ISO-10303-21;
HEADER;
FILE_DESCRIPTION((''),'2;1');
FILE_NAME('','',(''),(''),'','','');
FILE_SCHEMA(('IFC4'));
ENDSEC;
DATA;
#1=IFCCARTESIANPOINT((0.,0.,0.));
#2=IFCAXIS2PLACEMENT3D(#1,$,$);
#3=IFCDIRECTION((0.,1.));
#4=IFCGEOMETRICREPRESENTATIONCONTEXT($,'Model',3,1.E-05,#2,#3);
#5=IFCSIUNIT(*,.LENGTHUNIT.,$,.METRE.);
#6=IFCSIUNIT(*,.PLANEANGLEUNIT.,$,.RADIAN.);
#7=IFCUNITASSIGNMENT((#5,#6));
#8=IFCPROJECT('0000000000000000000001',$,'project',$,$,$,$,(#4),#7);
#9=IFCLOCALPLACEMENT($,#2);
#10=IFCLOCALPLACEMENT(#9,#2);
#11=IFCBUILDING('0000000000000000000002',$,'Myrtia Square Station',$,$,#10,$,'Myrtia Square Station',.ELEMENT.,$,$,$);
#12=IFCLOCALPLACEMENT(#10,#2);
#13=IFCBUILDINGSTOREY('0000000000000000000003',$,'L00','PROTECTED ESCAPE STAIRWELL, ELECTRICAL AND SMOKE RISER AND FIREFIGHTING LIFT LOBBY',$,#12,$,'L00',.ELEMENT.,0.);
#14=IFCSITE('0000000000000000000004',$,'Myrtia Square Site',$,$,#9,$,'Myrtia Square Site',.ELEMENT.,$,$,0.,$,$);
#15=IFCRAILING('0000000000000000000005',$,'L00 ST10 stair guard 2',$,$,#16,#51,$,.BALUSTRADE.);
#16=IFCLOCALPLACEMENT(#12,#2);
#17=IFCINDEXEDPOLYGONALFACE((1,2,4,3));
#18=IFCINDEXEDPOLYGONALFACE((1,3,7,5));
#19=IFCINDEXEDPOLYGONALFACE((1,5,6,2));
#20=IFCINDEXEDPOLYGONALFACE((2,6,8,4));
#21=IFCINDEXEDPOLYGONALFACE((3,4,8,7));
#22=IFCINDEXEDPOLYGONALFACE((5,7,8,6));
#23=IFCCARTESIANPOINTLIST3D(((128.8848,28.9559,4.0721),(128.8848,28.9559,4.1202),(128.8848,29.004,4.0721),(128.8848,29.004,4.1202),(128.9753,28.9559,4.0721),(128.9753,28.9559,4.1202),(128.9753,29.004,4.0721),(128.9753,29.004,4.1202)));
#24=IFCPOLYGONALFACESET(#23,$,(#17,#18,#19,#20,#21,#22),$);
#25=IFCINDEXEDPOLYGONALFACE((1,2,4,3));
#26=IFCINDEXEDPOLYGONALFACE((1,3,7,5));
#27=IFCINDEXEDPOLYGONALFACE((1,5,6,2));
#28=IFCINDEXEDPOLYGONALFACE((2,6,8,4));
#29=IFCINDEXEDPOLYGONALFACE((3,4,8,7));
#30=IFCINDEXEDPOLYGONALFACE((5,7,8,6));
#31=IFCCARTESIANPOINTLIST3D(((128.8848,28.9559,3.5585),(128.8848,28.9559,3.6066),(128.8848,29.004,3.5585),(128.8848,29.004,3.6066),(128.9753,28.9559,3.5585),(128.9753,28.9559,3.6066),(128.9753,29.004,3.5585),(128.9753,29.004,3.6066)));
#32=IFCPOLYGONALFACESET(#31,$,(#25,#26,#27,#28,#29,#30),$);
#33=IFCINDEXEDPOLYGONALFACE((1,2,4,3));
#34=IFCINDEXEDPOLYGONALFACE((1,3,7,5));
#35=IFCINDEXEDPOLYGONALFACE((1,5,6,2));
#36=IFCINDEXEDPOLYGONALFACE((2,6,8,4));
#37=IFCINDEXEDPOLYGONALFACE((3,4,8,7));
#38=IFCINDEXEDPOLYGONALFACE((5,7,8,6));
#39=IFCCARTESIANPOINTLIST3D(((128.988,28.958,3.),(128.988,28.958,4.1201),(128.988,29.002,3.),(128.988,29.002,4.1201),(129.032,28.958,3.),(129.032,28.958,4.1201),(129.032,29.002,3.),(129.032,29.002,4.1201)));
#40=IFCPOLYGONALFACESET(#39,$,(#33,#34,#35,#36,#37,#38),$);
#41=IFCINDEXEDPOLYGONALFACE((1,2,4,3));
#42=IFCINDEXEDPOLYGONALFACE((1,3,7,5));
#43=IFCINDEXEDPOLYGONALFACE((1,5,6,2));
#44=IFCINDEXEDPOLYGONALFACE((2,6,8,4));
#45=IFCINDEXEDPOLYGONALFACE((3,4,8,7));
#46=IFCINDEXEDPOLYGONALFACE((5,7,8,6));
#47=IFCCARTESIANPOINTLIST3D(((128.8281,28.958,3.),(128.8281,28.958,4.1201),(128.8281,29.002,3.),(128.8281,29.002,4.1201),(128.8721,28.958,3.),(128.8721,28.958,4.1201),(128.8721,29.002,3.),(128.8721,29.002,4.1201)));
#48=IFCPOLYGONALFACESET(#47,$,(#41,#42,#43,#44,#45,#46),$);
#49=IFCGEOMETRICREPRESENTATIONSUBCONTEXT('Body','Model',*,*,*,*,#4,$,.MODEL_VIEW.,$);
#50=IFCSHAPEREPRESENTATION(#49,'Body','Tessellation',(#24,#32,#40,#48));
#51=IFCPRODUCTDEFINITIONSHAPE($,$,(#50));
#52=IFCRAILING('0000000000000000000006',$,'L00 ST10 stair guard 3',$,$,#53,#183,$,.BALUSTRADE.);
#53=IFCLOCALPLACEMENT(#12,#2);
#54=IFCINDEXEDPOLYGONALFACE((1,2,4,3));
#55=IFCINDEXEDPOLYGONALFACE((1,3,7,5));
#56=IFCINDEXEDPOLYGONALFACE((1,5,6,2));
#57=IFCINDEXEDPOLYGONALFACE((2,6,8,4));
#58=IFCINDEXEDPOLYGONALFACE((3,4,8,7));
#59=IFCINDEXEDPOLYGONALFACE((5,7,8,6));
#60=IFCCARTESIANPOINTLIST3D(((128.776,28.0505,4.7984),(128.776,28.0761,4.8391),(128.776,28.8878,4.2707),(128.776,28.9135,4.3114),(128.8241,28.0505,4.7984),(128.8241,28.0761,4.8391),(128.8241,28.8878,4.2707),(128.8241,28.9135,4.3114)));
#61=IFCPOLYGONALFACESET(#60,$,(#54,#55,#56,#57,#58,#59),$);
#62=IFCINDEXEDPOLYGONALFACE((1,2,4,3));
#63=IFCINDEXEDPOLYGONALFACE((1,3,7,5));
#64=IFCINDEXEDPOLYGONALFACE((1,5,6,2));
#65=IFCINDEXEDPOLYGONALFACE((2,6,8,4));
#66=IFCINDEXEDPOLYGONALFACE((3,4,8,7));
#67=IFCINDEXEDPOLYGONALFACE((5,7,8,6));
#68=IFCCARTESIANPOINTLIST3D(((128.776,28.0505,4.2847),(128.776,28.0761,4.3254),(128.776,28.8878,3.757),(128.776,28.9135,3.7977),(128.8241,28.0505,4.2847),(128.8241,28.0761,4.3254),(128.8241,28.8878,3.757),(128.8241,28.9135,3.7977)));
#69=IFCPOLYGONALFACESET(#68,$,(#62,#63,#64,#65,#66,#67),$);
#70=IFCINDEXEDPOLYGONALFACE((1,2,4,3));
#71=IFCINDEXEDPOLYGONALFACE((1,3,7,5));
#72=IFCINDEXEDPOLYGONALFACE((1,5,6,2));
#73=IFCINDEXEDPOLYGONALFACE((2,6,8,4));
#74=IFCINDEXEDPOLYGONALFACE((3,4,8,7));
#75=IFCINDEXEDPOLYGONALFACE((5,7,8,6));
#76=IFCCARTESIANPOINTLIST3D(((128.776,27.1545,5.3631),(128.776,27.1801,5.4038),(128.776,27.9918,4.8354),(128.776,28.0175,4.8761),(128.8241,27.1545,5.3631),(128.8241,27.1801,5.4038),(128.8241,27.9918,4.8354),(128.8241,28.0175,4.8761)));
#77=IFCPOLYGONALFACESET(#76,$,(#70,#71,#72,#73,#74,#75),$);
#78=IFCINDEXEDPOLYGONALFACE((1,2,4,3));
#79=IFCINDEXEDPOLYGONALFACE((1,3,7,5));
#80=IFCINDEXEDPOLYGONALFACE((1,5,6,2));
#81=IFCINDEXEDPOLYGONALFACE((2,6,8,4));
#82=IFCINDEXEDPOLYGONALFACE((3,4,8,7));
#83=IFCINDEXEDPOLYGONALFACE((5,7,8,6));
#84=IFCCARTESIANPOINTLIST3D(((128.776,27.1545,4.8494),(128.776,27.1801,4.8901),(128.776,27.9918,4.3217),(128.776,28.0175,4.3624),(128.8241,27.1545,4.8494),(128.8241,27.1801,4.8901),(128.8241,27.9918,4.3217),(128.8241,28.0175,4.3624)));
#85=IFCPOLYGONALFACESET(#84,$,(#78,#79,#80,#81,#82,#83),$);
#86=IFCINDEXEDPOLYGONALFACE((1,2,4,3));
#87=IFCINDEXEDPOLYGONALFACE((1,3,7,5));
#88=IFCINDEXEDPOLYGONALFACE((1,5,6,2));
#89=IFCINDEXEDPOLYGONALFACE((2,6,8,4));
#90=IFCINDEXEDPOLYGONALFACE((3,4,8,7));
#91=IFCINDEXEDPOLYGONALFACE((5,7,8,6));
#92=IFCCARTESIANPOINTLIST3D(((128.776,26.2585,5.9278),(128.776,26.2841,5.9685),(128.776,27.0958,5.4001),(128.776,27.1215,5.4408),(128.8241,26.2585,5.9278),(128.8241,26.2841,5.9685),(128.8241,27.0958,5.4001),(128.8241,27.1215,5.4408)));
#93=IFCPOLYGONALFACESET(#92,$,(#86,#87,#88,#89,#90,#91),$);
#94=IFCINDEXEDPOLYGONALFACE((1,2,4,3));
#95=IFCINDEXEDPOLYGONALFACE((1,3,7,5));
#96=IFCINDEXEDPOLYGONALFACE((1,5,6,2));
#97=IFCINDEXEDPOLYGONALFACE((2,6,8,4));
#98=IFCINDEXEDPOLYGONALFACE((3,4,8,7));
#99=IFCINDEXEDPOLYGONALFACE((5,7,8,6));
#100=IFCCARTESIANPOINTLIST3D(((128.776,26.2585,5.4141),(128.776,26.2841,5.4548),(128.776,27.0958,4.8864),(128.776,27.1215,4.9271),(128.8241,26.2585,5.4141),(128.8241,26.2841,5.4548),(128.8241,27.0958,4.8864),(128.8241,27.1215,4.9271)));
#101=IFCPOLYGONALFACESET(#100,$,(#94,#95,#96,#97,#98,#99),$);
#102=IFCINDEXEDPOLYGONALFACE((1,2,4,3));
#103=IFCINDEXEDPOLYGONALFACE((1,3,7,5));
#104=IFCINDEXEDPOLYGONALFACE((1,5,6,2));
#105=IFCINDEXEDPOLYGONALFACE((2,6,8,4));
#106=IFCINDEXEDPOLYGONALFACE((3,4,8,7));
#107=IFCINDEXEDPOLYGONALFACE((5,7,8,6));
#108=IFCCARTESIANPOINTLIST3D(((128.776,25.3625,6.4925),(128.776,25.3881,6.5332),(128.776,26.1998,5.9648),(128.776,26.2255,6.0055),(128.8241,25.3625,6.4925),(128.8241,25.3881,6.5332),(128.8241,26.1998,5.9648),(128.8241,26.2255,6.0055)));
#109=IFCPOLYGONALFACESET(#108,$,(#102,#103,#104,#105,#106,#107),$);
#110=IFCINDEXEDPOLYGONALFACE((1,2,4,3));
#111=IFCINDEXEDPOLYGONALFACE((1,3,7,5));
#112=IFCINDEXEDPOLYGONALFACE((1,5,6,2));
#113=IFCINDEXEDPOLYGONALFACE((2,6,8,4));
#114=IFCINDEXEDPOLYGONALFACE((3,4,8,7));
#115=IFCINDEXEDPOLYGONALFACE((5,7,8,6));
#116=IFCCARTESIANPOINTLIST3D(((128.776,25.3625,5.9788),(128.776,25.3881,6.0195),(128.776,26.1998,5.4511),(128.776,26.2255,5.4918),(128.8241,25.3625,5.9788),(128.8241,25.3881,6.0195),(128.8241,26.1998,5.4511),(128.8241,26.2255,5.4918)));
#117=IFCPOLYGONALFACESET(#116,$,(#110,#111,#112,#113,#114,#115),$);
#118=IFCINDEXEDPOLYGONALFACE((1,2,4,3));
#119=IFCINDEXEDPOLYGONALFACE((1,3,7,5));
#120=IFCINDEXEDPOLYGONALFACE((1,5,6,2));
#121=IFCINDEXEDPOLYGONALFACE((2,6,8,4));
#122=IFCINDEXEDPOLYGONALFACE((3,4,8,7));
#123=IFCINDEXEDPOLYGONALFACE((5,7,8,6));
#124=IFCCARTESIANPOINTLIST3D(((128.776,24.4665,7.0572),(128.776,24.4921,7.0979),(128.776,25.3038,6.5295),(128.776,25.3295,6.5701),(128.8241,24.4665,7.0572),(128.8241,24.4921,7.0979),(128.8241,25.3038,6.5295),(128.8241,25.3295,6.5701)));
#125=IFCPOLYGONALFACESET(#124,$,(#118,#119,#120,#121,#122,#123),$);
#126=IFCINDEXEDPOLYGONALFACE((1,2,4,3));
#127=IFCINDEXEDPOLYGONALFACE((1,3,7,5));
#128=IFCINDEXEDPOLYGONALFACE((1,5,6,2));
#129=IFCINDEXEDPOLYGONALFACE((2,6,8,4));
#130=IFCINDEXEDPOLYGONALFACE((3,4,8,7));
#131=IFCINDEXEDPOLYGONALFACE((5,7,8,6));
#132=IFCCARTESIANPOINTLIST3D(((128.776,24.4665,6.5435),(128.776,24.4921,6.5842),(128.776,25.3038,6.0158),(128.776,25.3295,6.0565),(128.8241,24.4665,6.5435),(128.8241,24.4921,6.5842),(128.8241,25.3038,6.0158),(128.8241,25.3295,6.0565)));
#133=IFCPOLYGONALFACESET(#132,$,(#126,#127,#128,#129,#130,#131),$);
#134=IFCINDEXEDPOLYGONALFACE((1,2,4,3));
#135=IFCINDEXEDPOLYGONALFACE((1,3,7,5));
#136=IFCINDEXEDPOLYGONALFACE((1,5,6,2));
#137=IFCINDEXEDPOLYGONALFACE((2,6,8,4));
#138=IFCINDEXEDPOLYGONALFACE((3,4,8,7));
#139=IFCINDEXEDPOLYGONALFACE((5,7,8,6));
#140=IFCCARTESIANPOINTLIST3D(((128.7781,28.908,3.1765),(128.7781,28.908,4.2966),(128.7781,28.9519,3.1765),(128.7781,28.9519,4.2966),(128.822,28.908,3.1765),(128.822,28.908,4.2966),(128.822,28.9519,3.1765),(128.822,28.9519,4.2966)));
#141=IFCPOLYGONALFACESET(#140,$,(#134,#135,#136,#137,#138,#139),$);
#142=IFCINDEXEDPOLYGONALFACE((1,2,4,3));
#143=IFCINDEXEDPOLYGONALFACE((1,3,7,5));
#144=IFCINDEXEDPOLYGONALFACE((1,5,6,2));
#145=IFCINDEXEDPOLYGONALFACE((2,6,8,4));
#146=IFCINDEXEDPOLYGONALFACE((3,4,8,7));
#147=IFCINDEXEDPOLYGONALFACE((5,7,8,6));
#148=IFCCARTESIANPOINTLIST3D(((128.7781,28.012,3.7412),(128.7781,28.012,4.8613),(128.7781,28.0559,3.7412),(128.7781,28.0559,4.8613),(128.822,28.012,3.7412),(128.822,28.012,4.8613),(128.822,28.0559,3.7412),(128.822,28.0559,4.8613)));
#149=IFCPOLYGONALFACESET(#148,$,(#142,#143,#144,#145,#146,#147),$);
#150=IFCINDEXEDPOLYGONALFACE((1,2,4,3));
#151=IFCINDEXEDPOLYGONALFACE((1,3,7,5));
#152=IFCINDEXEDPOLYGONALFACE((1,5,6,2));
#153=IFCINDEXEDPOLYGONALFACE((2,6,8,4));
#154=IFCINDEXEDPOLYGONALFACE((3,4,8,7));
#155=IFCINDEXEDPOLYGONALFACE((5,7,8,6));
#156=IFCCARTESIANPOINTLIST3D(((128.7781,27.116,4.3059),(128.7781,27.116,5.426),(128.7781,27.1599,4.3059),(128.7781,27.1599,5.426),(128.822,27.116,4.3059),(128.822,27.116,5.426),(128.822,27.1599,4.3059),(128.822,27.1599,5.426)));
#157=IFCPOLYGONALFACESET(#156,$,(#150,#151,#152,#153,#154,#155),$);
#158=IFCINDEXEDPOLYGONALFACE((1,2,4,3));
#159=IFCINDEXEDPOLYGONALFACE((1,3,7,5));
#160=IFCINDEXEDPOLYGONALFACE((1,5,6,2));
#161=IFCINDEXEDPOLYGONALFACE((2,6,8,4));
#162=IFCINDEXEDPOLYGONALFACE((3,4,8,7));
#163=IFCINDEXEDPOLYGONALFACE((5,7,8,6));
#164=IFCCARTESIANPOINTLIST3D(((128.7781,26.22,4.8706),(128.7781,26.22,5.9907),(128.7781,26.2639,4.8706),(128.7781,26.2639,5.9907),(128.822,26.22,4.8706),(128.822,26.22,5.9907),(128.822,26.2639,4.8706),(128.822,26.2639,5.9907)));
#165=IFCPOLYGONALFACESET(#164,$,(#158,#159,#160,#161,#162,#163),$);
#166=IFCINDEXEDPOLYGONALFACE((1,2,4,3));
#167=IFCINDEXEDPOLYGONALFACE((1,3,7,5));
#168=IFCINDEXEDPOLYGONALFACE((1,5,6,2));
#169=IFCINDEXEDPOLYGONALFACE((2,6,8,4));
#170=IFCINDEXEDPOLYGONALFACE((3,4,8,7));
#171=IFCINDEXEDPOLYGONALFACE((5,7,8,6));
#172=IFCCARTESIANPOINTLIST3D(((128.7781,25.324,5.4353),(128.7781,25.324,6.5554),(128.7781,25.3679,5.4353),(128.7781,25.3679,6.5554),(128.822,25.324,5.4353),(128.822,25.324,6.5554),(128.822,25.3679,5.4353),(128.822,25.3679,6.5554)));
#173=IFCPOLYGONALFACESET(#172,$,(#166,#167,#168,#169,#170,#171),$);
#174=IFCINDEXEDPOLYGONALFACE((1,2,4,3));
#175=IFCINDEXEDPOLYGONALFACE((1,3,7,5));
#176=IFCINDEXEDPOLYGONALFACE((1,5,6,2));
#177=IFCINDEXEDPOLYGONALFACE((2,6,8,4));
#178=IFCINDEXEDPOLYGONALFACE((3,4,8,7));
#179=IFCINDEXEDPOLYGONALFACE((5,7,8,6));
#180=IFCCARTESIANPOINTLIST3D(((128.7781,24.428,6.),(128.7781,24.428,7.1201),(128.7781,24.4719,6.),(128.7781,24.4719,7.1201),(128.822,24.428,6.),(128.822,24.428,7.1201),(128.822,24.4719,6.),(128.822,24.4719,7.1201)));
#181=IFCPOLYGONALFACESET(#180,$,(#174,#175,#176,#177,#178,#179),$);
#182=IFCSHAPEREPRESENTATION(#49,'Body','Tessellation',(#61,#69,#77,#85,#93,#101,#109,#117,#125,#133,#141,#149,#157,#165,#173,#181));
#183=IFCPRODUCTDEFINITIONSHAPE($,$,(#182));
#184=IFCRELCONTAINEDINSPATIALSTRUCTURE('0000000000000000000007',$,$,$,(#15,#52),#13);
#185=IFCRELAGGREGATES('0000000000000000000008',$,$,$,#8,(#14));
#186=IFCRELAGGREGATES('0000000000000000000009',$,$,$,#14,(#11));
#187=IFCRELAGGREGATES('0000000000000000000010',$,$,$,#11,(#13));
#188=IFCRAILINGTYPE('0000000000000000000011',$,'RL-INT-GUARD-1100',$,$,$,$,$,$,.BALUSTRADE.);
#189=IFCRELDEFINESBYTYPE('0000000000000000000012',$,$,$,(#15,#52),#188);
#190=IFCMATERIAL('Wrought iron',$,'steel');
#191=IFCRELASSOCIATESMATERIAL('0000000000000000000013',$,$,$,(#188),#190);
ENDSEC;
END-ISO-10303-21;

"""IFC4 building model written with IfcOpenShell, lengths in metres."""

from ifc_helpers import new_model, si_unit, direction, frame, origin, origin_2d, place, context, subcontext, project, spatial, rectangle, extrude, material, type_object, element, save


model = new_model("IFC4")

# Units and contexts
model_context = context("Model", 3, precision=1e-05, world=origin(), true_north=direction((0.0, 1.0)))
body_context = subcontext(model_context, "Body", "Model", "MODEL_VIEW")
ifc_project = project(units=[si_unit("LENGTHUNIT", "METRE"), si_unit("PLANEANGLEUNIT", "RADIAN")], contexts=[model_context])

# Site, building, storey
site_placement = place(None, origin())
site = spatial("IfcSite", under=ifc_project, at=site_placement, Name="Myrtia Square Site", LongName="Myrtia Square Site", CompositionType="ELEMENT", RefElevation=0.0)
building_placement = place(site_placement, origin())
building = spatial("IfcBuilding", under=site, at=building_placement, Name="Myrtia Square Station", LongName="Myrtia Square Station", CompositionType="ELEMENT")
storey_placement = place(building_placement, origin())
storey = spatial("IfcBuildingStorey", under=building, at=storey_placement, Name="L00", Description="PROTECTED ESCAPE STAIRWELL, ELECTRICAL AND SMOKE RISER AND FIREFIGHTING LIFT LOBBY", LongName="L00", CompositionType="ELEMENT", Elevation=0.0)

# Railings
ifc_material_1 = material(Name="Wrought iron", Category="steel")
railing_type_1 = type_object("IfcRailingType", Name="RL-INT-GUARD-1100", PredefinedType="BALUSTRADE", material=ifc_material_1)
railing_1_placement = place(storey_placement, frame((129.01, 28.98, 3.0)))
element("IfcRailing", 1, at=railing_1_placement, inside=storey, type_object=railing_type_1, Name="L00 ST10 stair guard 2", PredefinedType="BALUSTRADE", context=body_context, shape_type="SweptSolid", body=[
    extrude(rectangle(XDim=0.0481, YDim=0.0481, at=origin_2d()), frame((-0.0347, 0.0, 1.0962), z_axis=(-1.0, 0.0, 0.0), x_axis=(0.0, -1.0, 0.0)), (0.0, 0.0, 1.0), 0.0906),
    extrude(rectangle(XDim=0.0481, YDim=0.0481, at=origin_2d()), frame((-0.0347, 0.0, 0.5825), z_axis=(-1.0, 0.0, 0.0), x_axis=(0.0, -1.0, 0.0)), (0.0, 0.0, 1.0), 0.0906),
    extrude(rectangle(XDim=0.0439, YDim=0.0439, at=origin_2d()), origin(), (0.0, 0.0, 1.0), 1.1201),
    extrude(rectangle(XDim=0.0439, YDim=0.0439, at=origin_2d()), frame((-0.1599, 0.0, 0.0)), (0.0, 0.0, 1.0), 1.1201),
])
railing_2_placement = place(storey_placement, frame((128.8, 28.9299, 3.1765)))
element("IfcRailing", 2, at=railing_2_placement, inside=storey, type_object=railing_type_1, Name="L00 ST10 stair guard 3", PredefinedType="BALUSTRADE", context=body_context, shape_type="SweptSolid", body=[
    extrude(rectangle(XDim=0.0481, YDim=0.0481, at=origin_2d()), frame((0.0, -0.0293, 1.1145), z_axis=(0.0, -0.845998, 0.533186), x_axis=(1.0, 0.0, 0.0)), (0.0, 0.0, 1.0), 0.9897),
    extrude(rectangle(XDim=0.0481, YDim=0.0481, at=origin_2d()), frame((0.0, -0.0293, 0.6008), z_axis=(0.0, -0.845998, 0.533186), x_axis=(1.0, 0.0, 0.0)), (0.0, 0.0, 1.0), 0.9897),
    extrude(rectangle(XDim=0.0481, YDim=0.0481, at=origin_2d()), frame((0.0, -0.9253, 1.6792), z_axis=(0.0, -0.845998, 0.533186), x_axis=(1.0, 0.0, 0.0)), (0.0, 0.0, 1.0), 0.9897),
    extrude(rectangle(XDim=0.0481, YDim=0.0481, at=origin_2d()), frame((0.0, -0.9253, 1.1655), z_axis=(0.0, -0.845998, 0.533186), x_axis=(1.0, 0.0, 0.0)), (0.0, 0.0, 1.0), 0.9897),
    extrude(rectangle(XDim=0.0481, YDim=0.0481, at=origin_2d()), frame((0.0, -1.8213, 2.2439), z_axis=(0.0, -0.845998, 0.533186), x_axis=(1.0, 0.0, 0.0)), (0.0, 0.0, 1.0), 0.9897),
    extrude(rectangle(XDim=0.0481, YDim=0.0481, at=origin_2d()), frame((0.0, -1.8213, 1.7302), z_axis=(0.0, -0.845998, 0.533186), x_axis=(1.0, 0.0, 0.0)), (0.0, 0.0, 1.0), 0.9897),
    extrude(rectangle(XDim=0.0481, YDim=0.0481, at=origin_2d()), frame((0.0, -2.7173, 2.8086), z_axis=(0.0, -0.845998, 0.533186), x_axis=(1.0, 0.0, 0.0)), (0.0, 0.0, 1.0), 0.9897),
    extrude(rectangle(XDim=0.0481, YDim=0.0481, at=origin_2d()), frame((0.0, -2.7173, 2.2949), z_axis=(0.0, -0.845998, 0.533186), x_axis=(1.0, 0.0, 0.0)), (0.0, 0.0, 1.0), 0.9897),
    extrude(rectangle(XDim=0.0481, YDim=0.0481, at=origin_2d()), frame((0.0, -3.6133, 3.3733), z_axis=(0.0, -0.845998, 0.533186), x_axis=(1.0, 0.0, 0.0)), (0.0, 0.0, 1.0), 0.9897),
    extrude(rectangle(XDim=0.0481, YDim=0.0481, at=origin_2d()), frame((0.0, -3.6133, 2.8596), z_axis=(0.0, -0.845998, 0.533186), x_axis=(1.0, 0.0, 0.0)), (0.0, 0.0, 1.0), 0.9897),
    extrude(rectangle(XDim=0.0439, YDim=0.0439, at=origin_2d()), origin(), (0.0, 0.0, 1.0), 1.1201),
    extrude(rectangle(XDim=0.0439, YDim=0.0439, at=origin_2d()), frame((0.0, -0.896, 0.5647)), (0.0, 0.0, 1.0), 1.1201),
    extrude(rectangle(XDim=0.0439, YDim=0.0439, at=origin_2d()), frame((0.0, -1.792, 1.1294)), (0.0, 0.0, 1.0), 1.1201),
    extrude(rectangle(XDim=0.0439, YDim=0.0439, at=origin_2d()), frame((0.0, -2.688, 1.6941)), (0.0, 0.0, 1.0), 1.1201),
    extrude(rectangle(XDim=0.0439, YDim=0.0439, at=origin_2d()), frame((0.0, -3.584, 2.2588)), (0.0, 0.0, 1.0), 1.1201),
    extrude(rectangle(XDim=0.0439, YDim=0.0439, at=origin_2d()), frame((0.0, -4.48, 2.8235)), (0.0, 0.0, 1.0), 1.1201),
])

save(model, "model.ifc")
